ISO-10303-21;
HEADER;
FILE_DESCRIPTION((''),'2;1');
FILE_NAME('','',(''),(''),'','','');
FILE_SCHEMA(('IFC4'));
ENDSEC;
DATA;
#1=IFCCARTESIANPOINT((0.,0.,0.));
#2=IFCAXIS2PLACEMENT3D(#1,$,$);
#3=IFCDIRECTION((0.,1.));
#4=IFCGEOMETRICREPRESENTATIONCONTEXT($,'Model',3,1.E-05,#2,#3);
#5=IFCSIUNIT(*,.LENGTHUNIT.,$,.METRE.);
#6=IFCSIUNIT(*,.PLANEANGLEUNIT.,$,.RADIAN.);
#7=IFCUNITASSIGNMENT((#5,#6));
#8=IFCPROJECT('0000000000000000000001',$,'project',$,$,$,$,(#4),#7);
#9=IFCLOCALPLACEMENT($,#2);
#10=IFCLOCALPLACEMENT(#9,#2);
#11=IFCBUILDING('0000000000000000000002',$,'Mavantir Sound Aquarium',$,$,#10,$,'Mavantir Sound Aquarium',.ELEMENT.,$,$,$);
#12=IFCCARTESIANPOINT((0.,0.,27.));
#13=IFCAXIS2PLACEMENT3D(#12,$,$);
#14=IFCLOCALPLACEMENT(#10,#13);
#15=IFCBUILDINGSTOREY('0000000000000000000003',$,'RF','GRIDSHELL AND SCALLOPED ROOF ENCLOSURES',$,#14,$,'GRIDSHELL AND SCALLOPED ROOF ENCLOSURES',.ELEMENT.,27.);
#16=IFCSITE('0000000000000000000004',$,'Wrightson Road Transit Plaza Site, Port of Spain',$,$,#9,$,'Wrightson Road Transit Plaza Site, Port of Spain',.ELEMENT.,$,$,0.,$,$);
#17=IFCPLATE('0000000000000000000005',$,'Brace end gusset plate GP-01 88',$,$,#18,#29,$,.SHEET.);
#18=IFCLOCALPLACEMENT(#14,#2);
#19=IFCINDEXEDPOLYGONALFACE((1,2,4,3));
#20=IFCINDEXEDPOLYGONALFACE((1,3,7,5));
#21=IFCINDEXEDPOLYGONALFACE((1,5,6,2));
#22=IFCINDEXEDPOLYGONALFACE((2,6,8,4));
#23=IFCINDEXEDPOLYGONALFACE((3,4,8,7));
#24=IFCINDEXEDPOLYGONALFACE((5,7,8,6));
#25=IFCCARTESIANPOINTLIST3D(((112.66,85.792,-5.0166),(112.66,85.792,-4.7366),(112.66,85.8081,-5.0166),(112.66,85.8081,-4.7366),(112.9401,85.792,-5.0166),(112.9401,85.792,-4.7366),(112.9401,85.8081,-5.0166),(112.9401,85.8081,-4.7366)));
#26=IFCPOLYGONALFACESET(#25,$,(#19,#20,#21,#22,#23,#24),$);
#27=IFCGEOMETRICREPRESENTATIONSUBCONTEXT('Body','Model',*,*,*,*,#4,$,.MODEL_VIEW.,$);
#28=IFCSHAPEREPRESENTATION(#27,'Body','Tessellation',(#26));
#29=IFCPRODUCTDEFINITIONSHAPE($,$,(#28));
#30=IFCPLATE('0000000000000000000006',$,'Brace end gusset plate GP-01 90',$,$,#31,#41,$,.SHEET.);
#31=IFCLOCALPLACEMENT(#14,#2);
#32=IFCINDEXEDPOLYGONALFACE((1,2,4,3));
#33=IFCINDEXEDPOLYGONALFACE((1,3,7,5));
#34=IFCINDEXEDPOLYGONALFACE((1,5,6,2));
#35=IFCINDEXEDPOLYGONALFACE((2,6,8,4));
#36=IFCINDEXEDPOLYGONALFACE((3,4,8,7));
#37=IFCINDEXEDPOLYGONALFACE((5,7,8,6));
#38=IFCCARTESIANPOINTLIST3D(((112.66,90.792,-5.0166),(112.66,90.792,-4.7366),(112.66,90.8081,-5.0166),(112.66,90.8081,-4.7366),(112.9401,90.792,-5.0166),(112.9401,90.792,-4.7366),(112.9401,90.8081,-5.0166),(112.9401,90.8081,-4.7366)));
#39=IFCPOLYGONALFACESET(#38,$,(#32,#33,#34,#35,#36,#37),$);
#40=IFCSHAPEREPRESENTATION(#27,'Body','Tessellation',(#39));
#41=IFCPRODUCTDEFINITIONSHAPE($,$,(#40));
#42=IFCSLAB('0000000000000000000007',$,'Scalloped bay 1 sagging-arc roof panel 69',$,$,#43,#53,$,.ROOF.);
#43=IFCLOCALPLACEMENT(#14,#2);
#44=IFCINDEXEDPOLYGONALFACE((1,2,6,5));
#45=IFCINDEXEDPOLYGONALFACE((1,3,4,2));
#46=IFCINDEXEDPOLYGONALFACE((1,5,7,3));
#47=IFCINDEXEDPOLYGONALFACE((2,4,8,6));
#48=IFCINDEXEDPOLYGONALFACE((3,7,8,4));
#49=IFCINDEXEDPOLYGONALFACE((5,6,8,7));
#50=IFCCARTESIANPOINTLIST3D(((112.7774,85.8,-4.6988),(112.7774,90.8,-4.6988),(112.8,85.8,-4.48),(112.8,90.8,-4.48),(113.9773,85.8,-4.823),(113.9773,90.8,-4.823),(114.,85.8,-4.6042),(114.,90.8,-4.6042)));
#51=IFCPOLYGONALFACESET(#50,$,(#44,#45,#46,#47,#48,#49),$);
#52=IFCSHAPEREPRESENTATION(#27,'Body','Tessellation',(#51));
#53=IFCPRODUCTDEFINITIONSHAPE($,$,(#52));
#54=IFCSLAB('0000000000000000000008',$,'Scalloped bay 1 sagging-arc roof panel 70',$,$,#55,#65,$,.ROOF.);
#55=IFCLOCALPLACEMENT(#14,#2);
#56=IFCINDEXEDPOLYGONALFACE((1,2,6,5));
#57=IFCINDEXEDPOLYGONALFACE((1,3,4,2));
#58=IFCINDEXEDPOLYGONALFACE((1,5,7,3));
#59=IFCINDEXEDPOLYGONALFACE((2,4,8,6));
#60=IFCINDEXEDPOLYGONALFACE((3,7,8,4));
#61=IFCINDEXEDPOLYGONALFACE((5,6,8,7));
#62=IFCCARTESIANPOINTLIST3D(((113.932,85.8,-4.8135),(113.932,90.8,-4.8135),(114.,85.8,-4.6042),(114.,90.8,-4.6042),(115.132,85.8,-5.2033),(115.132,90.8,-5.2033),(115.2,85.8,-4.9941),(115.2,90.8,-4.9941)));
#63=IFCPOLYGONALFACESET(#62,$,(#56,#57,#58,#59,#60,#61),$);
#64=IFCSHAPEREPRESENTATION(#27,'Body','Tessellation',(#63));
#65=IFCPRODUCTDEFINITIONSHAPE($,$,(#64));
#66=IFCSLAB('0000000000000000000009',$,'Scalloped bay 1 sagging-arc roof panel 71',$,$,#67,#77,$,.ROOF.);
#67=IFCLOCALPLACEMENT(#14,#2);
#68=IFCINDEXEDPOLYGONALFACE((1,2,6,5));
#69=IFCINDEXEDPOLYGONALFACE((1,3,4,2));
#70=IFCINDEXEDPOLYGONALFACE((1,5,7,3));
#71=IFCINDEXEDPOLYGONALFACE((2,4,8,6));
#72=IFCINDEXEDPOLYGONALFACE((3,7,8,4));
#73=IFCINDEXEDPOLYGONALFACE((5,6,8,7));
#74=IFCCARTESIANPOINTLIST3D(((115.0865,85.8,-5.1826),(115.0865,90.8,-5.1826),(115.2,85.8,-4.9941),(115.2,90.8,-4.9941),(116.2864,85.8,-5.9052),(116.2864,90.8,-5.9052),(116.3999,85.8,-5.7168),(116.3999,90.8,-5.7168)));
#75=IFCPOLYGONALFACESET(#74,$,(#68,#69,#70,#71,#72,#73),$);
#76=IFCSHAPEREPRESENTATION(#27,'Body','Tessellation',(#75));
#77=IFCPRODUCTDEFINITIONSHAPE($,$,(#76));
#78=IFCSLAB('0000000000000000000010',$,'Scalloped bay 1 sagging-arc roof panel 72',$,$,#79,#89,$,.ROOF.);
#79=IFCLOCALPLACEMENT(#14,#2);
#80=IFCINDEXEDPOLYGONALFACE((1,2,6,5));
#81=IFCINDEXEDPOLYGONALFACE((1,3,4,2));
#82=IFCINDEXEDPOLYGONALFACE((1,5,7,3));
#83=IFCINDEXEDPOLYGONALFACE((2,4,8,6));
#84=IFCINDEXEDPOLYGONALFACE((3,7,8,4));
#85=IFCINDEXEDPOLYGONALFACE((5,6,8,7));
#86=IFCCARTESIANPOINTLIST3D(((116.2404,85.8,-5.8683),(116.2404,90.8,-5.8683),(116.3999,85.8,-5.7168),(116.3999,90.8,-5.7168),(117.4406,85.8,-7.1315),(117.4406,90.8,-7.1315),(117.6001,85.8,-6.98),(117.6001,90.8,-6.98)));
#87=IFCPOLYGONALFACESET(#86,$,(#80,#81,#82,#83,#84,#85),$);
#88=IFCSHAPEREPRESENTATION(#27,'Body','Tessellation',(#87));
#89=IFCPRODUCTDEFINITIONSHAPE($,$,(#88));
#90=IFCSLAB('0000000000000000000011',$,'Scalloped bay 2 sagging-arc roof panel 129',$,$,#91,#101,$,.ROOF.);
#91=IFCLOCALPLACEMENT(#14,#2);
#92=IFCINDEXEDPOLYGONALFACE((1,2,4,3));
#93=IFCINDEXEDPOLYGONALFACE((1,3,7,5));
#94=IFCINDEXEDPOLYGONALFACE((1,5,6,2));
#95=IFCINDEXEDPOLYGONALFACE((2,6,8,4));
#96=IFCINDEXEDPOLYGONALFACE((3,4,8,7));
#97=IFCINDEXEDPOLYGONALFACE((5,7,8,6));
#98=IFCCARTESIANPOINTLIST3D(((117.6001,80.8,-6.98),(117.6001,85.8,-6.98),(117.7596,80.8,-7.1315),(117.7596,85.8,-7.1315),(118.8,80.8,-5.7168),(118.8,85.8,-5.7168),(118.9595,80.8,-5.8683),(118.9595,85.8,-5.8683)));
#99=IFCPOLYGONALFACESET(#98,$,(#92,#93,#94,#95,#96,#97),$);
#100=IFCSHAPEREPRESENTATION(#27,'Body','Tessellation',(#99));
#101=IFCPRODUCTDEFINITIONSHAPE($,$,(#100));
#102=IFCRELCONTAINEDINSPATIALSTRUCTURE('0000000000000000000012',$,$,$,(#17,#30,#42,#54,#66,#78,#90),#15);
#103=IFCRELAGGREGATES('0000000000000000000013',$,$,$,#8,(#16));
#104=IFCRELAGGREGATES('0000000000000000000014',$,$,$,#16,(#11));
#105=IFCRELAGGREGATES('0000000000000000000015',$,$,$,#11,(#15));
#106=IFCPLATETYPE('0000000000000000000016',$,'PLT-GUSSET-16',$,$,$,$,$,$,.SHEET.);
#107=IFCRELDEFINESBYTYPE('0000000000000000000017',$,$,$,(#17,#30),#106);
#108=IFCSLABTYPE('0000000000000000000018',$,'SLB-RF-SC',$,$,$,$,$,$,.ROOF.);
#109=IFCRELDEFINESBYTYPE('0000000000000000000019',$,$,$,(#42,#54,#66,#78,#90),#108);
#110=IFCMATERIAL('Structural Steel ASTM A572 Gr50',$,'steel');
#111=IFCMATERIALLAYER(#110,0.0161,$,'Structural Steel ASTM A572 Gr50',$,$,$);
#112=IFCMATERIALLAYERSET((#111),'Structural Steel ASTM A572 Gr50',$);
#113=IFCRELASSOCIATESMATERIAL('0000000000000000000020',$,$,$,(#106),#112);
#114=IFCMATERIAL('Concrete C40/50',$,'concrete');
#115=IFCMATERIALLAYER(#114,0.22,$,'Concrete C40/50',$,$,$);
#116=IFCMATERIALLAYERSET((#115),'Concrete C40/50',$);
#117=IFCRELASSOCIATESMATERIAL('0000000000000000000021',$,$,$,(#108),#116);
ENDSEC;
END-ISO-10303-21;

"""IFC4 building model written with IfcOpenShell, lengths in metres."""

from ifc_helpers import new_model, si_unit, direction, frame, origin, origin_2d, place, context, subcontext, project, spatial, polyline, rectangle, outline, extrude, material, layer, layer_set, type_object, element, save


model = new_model("IFC4")

# Units and contexts
model_context = context("Model", 3, precision=1e-05, world=origin(), true_north=direction((0.0, 1.0)))
body_context = subcontext(model_context, "Body", "Model", "MODEL_VIEW")
ifc_project = project(units=[si_unit("LENGTHUNIT", "METRE"), si_unit("PLANEANGLEUNIT", "RADIAN")], contexts=[model_context])

# Site, building, storey
site_placement = place(None, origin())
site = spatial("IfcSite", under=ifc_project, at=site_placement, Name="Wrightson Road Transit Plaza Site, Port of Spain", LongName="Wrightson Road Transit Plaza Site, Port of Spain", CompositionType="ELEMENT", RefElevation=0.0)
building_placement = place(site_placement, origin())
building = spatial("IfcBuilding", under=site, at=building_placement, Name="Mavantir Sound Aquarium", LongName="Mavantir Sound Aquarium", CompositionType="ELEMENT")
storey_placement = place(building_placement, frame((0.0, 0.0, 27.0)))
storey = spatial("IfcBuildingStorey", under=building, at=storey_placement, Name="RF", Description="GRIDSHELL AND SCALLOPED ROOF ENCLOSURES", LongName="GRIDSHELL AND SCALLOPED ROOF ENCLOSURES", CompositionType="ELEMENT", Elevation=27.0)

# Shared definitions
ifc_material_1 = material(Name="Concrete C40/50", Category="concrete")

# Plates
ifc_material_2 = material(Name="Structural Steel ASTM A572 Gr50", Category="steel")
ifc_layer_1 = layer(ifc_material_2, 0.0161, Name="Structural Steel ASTM A572 Gr50")
ifc_layer_set_1 = layer_set([ifc_layer_1], Name="Structural Steel ASTM A572 Gr50")
plate_type_1 = type_object("IfcPlateType", Name="PLT-GUSSET-16", PredefinedType="SHEET", material=ifc_layer_set_1)
for number, where, z_axis, x_axis, name in (
    (1, (112.8, 85.8, -5.0166), (0.0, 0.0, 1.0), (1.0, 0.0, 0.0), "Brace end gusset plate GP-01 88"),
    (2, (112.8, 90.8, -5.0166), (0.0, 0.0, 1.0), (1.0, 0.0, 0.0), "Brace end gusset plate GP-01 90"),
):
    element("IfcPlate", number, at=place(storey_placement, frame(where, z_axis=z_axis, x_axis=x_axis)), inside=storey, type_object=plate_type_1, Name=name, PredefinedType="SHEET", context=body_context, shape_type="SweptSolid", body=[
        extrude(rectangle(XDim=0.28, YDim=0.0161, at=origin_2d()), origin(), (0.0, 0.0, 1.0), 0.28),
    ])

# Slabs
ifc_layer_2 = layer(ifc_material_1, 0.22, Name="Concrete C40/50")
ifc_layer_set_2 = layer_set([ifc_layer_2], Name="Concrete C40/50")
slab_type = type_object("IfcSlabType", Name="SLB-RF-SC", PredefinedType="ROOF", material=ifc_layer_set_2)
slab_1_placement = place(storey_placement, frame((112.8, 85.8, -4.48), z_axis=(0.10301, 0.0, 0.99468), x_axis=(0.99468, 0.0, -0.10301)))
element("IfcSlab", 3, at=slab_1_placement, inside=storey, type_object=slab_type, Name="Scalloped bay 1 sagging-arc roof panel 69", PredefinedType="ROOF", context=body_context, shape_type="SweptSolid", body=[
    extrude(outline(polyline([(0.0, 0.0), (1.2064, 0.0), (1.2064, 5.0), (0.0, 5.0), (0.0, 0.0)])), origin(), (0.0, 0.0, -1.0), 0.22),
])
slab_2_placement = place(storey_placement, frame((114.0, 85.8, -4.6042), z_axis=(0.30902, 0.0, 0.951055), x_axis=(0.951055, 0.0, -0.30902)))
element("IfcSlab", 4, at=slab_2_placement, inside=storey, type_object=slab_type, Name="Scalloped bay 1 sagging-arc roof panel 70", PredefinedType="ROOF", context=body_context, shape_type="SweptSolid", body=[
    extrude(outline(polyline([(0.0, 0.0), (1.2617, 0.0), (1.2617, 5.0), (0.0, 5.0), (0.0, 0.0)])), origin(), (0.0, 0.0, -1.0), 0.22),
])
slab_3_placement = place(storey_placement, frame((115.2, 85.8, -4.9941), z_axis=(0.515905, 0.0, 0.856646), x_axis=(0.856646, 0.0, -0.515905)))
element("IfcSlab", 5, at=slab_3_placement, inside=storey, type_object=slab_type, Name="Scalloped bay 1 sagging-arc roof panel 71", PredefinedType="ROOF", context=body_context, shape_type="SweptSolid", body=[
    extrude(outline(polyline([(0.0, 0.0), (1.4008, 0.0), (1.4008, 5.0), (0.0, 5.0), (0.0, 0.0)])), origin(), (0.0, 0.0, -1.0), 0.22),
])
slab_4_placement = place(storey_placement, frame((116.3999, 85.8, -5.7168), z_axis=(0.72495, 0.0, 0.688801), x_axis=(0.688801, 0.0, -0.72495)))
element("IfcSlab", 6, at=slab_4_placement, inside=storey, type_object=slab_type, Name="Scalloped bay 1 sagging-arc roof panel 72", PredefinedType="ROOF", context=body_context, shape_type="SweptSolid", body=[
    extrude(outline(polyline([(0.0, 0.0), (1.7424, 0.0), (1.7424, 5.0), (0.0, 5.0), (0.0, 0.0)])), origin(), (0.0, 0.0, -1.0), 0.22),
])
slab_5_placement = place(storey_placement, frame((117.6001, 80.8, -6.98), z_axis=(-0.72502, 0.0, 0.688727), x_axis=(0.688727, 0.0, 0.72502)))
element("IfcSlab", 7, at=slab_5_placement, inside=storey, type_object=slab_type, Name="Scalloped bay 2 sagging-arc roof panel 129", PredefinedType="ROOF", context=body_context, shape_type="SweptSolid", body=[
    extrude(outline(polyline([(0.0, 0.0), (1.7423, 0.0), (1.7423, 5.0), (0.0, 5.0), (0.0, 0.0)])), origin(), (0.0, 0.0, -1.0), 0.22),
])

save(model, "model.ifc")
